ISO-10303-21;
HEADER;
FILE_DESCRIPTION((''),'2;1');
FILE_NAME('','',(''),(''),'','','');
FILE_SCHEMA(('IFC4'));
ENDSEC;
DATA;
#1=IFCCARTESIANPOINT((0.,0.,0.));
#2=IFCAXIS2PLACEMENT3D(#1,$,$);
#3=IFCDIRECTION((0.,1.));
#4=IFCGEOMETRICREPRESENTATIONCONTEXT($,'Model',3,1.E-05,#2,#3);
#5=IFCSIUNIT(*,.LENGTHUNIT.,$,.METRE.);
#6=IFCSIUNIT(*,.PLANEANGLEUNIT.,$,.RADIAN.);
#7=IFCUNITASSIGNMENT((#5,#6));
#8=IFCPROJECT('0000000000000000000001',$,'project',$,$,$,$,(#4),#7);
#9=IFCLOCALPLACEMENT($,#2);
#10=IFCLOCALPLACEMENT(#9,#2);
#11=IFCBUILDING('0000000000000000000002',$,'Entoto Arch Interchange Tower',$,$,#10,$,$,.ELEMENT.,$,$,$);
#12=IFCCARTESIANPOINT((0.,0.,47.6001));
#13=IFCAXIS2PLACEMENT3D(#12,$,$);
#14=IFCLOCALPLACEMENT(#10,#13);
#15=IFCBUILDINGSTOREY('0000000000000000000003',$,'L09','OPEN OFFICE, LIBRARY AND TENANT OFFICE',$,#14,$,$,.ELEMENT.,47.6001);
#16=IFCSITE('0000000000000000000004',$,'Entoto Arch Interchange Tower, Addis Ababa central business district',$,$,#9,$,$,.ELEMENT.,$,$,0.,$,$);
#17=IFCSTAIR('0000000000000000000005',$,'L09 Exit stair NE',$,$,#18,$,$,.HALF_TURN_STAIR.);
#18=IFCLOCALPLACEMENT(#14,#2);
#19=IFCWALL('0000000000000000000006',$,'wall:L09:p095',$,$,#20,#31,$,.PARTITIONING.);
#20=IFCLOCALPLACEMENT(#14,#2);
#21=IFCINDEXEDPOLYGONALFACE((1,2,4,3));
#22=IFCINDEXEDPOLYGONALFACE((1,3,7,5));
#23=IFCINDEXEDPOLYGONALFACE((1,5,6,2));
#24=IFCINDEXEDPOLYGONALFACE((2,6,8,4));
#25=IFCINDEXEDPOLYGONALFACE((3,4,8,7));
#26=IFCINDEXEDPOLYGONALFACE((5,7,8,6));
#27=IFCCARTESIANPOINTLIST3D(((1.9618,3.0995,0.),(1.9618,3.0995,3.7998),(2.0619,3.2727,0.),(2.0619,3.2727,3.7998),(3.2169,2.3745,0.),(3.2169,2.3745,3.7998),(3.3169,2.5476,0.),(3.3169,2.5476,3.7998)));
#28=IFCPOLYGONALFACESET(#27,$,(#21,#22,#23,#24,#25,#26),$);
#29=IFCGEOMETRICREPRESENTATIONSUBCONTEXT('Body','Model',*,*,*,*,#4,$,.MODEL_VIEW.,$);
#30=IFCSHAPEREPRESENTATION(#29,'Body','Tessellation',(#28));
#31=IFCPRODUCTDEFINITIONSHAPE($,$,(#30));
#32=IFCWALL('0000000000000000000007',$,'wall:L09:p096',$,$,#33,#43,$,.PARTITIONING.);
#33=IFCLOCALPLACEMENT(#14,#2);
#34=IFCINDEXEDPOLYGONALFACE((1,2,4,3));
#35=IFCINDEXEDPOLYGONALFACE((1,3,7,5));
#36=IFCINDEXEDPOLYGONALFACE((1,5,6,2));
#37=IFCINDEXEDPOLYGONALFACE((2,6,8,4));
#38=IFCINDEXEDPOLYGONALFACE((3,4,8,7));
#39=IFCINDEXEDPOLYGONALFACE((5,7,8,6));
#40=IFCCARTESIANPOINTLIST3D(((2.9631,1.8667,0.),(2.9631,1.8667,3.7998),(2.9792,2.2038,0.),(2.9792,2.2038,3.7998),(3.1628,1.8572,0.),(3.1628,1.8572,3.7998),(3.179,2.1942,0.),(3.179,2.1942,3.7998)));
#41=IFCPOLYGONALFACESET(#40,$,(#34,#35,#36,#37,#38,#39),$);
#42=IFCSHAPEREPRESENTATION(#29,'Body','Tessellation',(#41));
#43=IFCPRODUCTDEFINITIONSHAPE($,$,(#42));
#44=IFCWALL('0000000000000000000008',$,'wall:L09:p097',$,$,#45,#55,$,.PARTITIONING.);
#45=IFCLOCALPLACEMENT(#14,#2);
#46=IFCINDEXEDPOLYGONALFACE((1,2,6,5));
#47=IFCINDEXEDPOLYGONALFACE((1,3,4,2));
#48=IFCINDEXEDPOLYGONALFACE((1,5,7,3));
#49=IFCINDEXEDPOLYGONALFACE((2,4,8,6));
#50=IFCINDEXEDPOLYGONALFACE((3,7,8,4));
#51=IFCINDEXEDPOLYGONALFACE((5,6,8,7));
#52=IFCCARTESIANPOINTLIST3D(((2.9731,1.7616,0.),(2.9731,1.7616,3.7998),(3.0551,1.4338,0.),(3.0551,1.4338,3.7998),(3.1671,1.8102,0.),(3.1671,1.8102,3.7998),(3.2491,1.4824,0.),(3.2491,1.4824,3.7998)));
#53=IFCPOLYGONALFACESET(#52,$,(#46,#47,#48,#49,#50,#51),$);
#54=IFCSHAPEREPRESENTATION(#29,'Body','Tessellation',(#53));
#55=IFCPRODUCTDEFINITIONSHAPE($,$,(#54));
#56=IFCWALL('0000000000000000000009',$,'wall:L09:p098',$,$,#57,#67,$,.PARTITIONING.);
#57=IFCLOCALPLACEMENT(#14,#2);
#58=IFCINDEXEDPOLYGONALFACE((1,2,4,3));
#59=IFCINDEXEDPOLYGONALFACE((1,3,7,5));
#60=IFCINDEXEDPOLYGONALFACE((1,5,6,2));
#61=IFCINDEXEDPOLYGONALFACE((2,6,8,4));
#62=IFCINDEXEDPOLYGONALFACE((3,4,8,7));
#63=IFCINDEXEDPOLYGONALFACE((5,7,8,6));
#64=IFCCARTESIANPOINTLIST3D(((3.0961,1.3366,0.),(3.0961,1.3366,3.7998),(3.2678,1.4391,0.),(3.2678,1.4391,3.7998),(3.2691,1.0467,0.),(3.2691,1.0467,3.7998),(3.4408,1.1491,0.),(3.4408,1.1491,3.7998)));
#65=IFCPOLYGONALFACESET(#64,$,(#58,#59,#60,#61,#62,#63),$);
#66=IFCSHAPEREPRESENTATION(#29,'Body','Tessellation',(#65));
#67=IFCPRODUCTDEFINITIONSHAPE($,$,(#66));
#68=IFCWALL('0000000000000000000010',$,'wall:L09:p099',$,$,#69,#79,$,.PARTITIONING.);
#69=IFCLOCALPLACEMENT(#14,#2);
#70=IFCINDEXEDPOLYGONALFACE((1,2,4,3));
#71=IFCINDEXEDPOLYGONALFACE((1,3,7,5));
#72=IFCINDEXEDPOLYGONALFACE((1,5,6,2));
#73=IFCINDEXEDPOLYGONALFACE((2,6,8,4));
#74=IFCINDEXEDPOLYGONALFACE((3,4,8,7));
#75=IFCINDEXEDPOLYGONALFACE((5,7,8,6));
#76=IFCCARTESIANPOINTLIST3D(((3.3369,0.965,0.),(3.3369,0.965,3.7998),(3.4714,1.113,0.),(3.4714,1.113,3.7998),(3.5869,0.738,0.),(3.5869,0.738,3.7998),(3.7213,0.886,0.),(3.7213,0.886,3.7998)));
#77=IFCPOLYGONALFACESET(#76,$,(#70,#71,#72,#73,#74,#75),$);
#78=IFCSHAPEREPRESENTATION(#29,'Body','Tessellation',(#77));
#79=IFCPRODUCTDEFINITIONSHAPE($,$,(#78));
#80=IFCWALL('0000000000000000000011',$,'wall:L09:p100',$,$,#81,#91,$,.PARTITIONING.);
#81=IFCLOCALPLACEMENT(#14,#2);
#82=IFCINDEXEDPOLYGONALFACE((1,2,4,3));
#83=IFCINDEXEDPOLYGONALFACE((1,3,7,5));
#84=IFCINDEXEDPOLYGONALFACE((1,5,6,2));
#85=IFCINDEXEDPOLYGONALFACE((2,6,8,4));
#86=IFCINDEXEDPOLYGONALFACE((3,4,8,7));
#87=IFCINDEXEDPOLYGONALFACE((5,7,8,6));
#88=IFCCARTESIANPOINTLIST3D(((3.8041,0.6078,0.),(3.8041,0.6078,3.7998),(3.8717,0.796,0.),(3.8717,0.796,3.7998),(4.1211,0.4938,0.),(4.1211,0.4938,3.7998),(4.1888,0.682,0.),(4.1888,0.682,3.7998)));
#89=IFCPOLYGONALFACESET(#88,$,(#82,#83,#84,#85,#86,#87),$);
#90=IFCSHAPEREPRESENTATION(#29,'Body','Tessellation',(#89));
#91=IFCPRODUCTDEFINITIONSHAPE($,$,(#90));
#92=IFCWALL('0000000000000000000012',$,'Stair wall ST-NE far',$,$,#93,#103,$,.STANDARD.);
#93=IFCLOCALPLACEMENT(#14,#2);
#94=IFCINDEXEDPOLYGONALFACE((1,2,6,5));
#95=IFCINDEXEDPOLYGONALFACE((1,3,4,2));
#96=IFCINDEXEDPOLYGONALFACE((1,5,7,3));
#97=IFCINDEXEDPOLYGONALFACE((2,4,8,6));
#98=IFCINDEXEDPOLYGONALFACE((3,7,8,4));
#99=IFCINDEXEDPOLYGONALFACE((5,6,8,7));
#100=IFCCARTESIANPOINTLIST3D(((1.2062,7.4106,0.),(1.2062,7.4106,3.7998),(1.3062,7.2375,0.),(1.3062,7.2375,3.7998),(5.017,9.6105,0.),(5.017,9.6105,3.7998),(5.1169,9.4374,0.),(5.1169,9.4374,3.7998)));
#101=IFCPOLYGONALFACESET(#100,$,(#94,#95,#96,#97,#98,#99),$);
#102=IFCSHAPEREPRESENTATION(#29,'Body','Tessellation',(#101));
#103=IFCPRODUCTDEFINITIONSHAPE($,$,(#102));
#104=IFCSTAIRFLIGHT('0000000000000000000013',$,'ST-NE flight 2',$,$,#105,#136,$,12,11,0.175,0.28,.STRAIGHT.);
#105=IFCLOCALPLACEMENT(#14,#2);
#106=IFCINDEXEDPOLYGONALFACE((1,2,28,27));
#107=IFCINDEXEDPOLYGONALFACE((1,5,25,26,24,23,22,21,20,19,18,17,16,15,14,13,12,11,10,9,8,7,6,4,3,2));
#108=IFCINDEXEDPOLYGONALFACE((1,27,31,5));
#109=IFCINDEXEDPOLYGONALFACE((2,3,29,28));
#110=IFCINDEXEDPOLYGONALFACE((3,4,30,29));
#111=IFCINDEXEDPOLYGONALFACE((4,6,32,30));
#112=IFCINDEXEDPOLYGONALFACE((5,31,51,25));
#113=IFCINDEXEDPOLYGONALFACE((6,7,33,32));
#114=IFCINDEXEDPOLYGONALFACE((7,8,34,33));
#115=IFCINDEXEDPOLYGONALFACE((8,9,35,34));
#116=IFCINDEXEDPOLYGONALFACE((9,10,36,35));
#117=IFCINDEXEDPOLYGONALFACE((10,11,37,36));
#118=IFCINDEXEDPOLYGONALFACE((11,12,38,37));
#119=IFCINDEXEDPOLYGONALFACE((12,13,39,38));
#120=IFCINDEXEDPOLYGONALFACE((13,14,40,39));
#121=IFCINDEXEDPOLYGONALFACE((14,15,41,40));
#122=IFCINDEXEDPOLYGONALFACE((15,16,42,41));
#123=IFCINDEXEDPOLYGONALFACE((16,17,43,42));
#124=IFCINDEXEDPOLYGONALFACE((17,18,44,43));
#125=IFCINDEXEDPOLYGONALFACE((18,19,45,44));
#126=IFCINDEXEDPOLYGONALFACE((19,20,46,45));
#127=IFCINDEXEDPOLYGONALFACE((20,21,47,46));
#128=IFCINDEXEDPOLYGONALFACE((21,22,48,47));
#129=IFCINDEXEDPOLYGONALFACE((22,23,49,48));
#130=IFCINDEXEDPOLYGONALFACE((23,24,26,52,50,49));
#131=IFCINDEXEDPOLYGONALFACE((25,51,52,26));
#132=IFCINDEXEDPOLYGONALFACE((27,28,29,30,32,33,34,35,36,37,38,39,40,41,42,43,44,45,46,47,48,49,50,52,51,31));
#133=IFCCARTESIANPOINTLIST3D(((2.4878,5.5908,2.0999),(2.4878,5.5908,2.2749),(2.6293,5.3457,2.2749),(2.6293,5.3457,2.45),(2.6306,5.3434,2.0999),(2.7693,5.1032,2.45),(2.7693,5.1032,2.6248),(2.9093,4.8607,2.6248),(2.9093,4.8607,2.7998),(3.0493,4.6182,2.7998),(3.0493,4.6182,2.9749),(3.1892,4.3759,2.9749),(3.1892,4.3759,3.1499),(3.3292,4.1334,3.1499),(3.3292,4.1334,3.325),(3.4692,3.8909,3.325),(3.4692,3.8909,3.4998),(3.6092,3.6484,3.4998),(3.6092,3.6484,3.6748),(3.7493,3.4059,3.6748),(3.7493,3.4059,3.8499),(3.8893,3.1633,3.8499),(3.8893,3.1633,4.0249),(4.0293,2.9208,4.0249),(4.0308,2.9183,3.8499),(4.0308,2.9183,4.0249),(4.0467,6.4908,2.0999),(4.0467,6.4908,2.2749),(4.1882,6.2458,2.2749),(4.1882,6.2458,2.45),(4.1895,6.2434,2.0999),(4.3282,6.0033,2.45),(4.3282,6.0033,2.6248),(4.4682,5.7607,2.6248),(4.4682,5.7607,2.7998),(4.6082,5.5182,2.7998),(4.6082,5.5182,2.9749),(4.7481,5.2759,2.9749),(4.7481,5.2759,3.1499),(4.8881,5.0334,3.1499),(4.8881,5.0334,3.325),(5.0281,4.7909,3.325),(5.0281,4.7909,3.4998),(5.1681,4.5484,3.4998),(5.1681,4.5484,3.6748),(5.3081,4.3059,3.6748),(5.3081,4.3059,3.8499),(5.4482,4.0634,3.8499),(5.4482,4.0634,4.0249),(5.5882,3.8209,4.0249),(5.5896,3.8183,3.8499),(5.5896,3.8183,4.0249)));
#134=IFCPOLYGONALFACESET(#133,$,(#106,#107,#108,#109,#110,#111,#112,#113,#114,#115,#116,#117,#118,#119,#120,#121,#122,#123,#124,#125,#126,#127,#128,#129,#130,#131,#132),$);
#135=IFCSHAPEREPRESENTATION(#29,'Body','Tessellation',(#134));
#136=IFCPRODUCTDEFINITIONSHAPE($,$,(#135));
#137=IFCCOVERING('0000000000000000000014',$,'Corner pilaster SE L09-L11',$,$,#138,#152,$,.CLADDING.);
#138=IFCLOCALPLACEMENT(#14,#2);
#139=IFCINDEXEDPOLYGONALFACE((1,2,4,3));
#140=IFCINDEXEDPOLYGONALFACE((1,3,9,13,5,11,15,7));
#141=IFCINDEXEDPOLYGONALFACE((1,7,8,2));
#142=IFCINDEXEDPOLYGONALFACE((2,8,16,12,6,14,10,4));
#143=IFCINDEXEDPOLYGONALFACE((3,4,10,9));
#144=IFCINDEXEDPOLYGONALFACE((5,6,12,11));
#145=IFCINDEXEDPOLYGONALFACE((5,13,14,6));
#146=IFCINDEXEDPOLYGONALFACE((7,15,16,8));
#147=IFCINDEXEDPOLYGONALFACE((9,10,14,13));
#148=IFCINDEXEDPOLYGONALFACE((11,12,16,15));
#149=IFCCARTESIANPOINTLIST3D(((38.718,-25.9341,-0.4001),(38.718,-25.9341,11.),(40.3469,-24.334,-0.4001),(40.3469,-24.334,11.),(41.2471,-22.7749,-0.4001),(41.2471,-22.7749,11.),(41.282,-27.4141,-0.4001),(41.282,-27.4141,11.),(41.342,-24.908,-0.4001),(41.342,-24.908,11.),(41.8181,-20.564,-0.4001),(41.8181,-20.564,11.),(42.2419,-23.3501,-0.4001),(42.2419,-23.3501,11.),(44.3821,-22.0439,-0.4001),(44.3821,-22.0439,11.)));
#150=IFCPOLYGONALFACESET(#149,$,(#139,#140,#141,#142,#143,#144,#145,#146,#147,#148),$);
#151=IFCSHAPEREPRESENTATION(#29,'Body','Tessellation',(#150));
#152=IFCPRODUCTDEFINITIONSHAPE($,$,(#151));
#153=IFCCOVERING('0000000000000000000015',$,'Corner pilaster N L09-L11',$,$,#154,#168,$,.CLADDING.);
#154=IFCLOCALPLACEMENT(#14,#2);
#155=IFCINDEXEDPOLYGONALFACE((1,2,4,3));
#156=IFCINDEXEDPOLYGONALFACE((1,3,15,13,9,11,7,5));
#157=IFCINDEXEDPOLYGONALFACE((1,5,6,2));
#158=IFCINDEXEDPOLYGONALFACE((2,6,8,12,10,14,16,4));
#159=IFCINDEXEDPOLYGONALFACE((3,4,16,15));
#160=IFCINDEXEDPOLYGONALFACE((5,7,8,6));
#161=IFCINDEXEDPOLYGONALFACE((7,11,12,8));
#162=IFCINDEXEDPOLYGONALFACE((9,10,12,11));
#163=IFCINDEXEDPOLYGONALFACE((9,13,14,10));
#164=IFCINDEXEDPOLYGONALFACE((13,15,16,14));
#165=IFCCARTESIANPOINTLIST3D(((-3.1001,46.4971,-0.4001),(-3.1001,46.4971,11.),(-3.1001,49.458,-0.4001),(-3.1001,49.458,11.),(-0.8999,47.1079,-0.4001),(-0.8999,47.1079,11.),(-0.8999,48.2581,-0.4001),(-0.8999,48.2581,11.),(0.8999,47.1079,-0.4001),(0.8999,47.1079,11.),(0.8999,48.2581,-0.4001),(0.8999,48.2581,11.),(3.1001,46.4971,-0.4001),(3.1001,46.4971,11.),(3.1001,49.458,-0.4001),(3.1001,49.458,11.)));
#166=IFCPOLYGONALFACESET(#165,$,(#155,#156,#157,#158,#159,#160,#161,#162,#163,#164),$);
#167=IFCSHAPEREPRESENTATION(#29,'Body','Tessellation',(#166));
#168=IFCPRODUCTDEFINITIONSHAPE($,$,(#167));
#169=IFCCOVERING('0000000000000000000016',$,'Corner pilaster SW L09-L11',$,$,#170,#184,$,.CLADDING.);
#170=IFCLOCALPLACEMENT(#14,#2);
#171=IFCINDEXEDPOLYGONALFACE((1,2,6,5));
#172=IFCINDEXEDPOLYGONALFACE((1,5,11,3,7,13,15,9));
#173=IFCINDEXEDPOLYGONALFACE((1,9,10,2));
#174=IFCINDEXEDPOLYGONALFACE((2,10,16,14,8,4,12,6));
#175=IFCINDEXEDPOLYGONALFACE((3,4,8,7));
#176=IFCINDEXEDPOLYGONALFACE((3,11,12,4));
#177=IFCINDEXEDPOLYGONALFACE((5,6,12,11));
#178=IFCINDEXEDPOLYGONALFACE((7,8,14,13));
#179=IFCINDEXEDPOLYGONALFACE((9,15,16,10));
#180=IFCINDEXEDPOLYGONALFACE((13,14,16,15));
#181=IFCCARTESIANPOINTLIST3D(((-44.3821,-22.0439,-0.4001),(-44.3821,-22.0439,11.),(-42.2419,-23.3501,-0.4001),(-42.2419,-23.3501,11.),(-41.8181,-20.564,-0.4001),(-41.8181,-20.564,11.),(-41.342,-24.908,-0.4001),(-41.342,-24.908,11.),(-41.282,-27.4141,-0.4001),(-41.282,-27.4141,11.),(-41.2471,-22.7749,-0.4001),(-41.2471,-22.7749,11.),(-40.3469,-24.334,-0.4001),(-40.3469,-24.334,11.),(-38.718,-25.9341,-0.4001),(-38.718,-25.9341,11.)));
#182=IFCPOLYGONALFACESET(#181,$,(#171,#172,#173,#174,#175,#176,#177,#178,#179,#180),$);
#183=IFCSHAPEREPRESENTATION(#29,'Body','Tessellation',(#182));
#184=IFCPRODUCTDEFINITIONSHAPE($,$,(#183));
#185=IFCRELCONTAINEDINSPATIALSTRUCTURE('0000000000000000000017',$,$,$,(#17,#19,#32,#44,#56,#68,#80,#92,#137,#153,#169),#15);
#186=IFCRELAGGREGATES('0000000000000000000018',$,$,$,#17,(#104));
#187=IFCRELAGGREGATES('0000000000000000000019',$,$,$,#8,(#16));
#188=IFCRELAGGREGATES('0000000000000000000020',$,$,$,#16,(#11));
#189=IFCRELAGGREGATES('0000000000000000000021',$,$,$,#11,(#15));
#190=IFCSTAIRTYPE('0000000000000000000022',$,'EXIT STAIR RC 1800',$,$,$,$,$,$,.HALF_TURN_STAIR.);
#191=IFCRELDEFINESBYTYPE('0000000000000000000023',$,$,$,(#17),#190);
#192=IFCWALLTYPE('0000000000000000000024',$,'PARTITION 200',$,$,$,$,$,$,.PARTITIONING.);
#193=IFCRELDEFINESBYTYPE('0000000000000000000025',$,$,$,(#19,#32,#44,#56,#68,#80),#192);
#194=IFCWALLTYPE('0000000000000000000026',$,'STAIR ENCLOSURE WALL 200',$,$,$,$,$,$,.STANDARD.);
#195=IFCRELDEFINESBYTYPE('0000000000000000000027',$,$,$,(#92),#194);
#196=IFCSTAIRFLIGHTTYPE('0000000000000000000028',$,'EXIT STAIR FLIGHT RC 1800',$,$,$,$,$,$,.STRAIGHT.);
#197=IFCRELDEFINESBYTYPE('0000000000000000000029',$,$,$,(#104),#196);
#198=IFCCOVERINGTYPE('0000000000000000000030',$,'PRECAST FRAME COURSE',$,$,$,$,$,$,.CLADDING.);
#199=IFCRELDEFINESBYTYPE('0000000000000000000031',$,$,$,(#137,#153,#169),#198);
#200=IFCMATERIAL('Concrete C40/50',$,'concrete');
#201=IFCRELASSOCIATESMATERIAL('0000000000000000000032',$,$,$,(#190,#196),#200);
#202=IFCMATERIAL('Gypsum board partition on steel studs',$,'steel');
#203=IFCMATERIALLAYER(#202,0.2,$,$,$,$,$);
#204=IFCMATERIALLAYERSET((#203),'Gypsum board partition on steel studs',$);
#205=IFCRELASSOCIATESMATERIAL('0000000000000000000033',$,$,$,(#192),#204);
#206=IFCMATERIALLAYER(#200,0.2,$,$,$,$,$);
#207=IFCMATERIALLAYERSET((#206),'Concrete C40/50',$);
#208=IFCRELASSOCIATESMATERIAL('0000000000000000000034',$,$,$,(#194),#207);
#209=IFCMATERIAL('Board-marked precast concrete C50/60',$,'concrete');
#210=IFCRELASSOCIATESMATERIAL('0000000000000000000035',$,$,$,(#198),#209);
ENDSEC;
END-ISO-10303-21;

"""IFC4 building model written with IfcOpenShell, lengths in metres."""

from ifc_helpers import new_model, si_unit, direction, frame, frame_2d, origin, place, context, subcontext, project, spatial, polyline, rectangle, outline, extrude, material, layer, layer_set, type_object, element, aggregate, save


model = new_model("IFC4")

# Units and contexts
model_context = context("Model", 3, precision=1e-05, world=origin(), true_north=direction((0.0, 1.0)))
body_context = subcontext(model_context, "Body", "Model", "MODEL_VIEW")
ifc_project = project(units=[si_unit("LENGTHUNIT", "METRE"), si_unit("PLANEANGLEUNIT", "RADIAN")], contexts=[model_context])

# Site, building, storey
site_placement = place(None, origin())
site = spatial("IfcSite", under=ifc_project, at=site_placement, Name="Entoto Arch Interchange Tower, Addis Ababa central business district", CompositionType="ELEMENT", RefElevation=0.0)
building_placement = place(site_placement, origin())
building = spatial("IfcBuilding", under=site, at=building_placement, Name="Entoto Arch Interchange Tower", CompositionType="ELEMENT")
storey_placement = place(building_placement, frame((0.0, 0.0, 47.6001)))
storey = spatial("IfcBuildingStorey", under=building, at=storey_placement, Name="L09", Description="OPEN OFFICE, LIBRARY AND TENANT OFFICE", CompositionType="ELEMENT", Elevation=47.6001)

# Shared definitions
ifc_material_1 = material(Name="Board-marked precast concrete C50/60", Category="concrete")
ifc_material_2 = material(Name="Concrete C40/50", Category="concrete")

# Stair
stair_type = type_object("IfcStairType", Name="EXIT STAIR RC 1800", PredefinedType="HALF_TURN_STAIR", material=ifc_material_2)
stair_1_placement = place(storey_placement, origin())
stair_1 = element("IfcStair", 1, at=stair_1_placement, inside=storey, type_object=stair_type, Name="L09 Exit stair NE", PredefinedType="HALF_TURN_STAIR")

# Walls
ifc_material_3 = material(Name="Gypsum board partition on steel studs", Category="steel")
ifc_layer_1 = layer(ifc_material_3, 0.2)
ifc_layer_set_1 = layer_set([ifc_layer_1], Name="Gypsum board partition on steel studs")
wall_type_1 = type_object("IfcWallType", Name="PARTITION 200", PredefinedType="PARTITIONING", material=ifc_layer_set_1)
wall_1_placement = place(storey_placement, frame((2.012, 3.186, 0.0), z_axis=(0.0, 0.0, 1.0), x_axis=(0.865891, -0.500233, 0.0)))
element("IfcWall", 2, at=wall_1_placement, inside=storey, type_object=wall_type_1, Name="wall:L09:p095", PredefinedType="PARTITIONING", context=body_context, shape_type="SweptSolid", body=[
    extrude(rectangle(XDim=1.4495, YDim=0.2, at=frame_2d((0.7246, 0.0))), origin(), (0.0, 0.0, 1.0), 3.7998),
])
wall_2_placement = place(storey_placement, frame((3.0791, 2.199, 0.0), z_axis=(0.0, 0.0, 1.0), x_axis=(-0.047771, -0.998858, 0.0)))
element("IfcWall", 3, at=wall_2_placement, inside=storey, type_object=wall_type_1, Name="wall:L09:p096", PredefinedType="PARTITIONING", context=body_context, shape_type="SweptSolid", body=[
    extrude(rectangle(XDim=0.3374, YDim=0.2, at=frame_2d((0.1687, 0.0))), origin(), (0.0, 0.0, 1.0), 3.7998),
])
wall_3_placement = place(storey_placement, frame((3.0701, 1.7859, 0.0), z_axis=(0.0, 0.0, 1.0), x_axis=(0.242706, -0.9701, 0.0)))
element("IfcWall", 4, at=wall_3_placement, inside=storey, type_object=wall_type_1, Name="wall:L09:p097", PredefinedType="PARTITIONING", context=body_context, shape_type="SweptSolid", body=[
    extrude(rectangle(XDim=0.3379, YDim=0.2, at=frame_2d((0.1689, 0.0))), origin(), (0.0, 0.0, 1.0), 3.7998),
])
for number, where, z_axis, x_axis, name in (
    (5, (3.1819, 1.3879, 0.0), (0.0, 0.0, 1.0), (0.512475, -0.858702, 0.0), "wall:L09:p098"),
    (6, (3.4041, 1.0391, 0.0), (0.0, 0.0, 1.0), (0.740267, -0.672313, 0.0), "wall:L09:p099"),
):
    element("IfcWall", number, at=place(storey_placement, frame(where, z_axis=z_axis, x_axis=x_axis)), inside=storey, type_object=wall_type_1, Name=name, PredefinedType="PARTITIONING", context=body_context, shape_type="SweptSolid", body=[
        extrude(rectangle(XDim=0.3376, YDim=0.2, at=frame_2d((0.1689, 0.0))), origin(), (0.0, 0.0, 1.0), 3.7998),
    ])
wall_4_placement = place(storey_placement, frame((3.8379, 0.7019, 0.0), z_axis=(0.0, 0.0, 1.0), x_axis=(0.941035, -0.338309, 0.0)))
element("IfcWall", 7, at=wall_4_placement, inside=storey, type_object=wall_type_1, Name="wall:L09:p100", PredefinedType="PARTITIONING", context=body_context, shape_type="SweptSolid", body=[
    extrude(rectangle(XDim=0.3369, YDim=0.2, at=frame_2d((0.1685, 0.0))), origin(), (0.0, 0.0, 1.0), 3.7998),
])
ifc_layer_2 = layer(ifc_material_2, 0.2)
ifc_layer_set_2 = layer_set([ifc_layer_2], Name="Concrete C40/50")
wall_type_2 = type_object("IfcWallType", Name="STAIR ENCLOSURE WALL 200", PredefinedType="STANDARD", material=ifc_layer_set_2)
wall_5_placement = place(storey_placement, frame((1.2561, 7.324, 0.0), z_axis=(0.0, 0.0, 1.0), x_axis=(0.866046, 0.499964, 0.0)))
element("IfcWall", 8, at=wall_5_placement, inside=storey, type_object=wall_type_2, Name="Stair wall ST-NE far", PredefinedType="STANDARD", context=body_context, shape_type="SweptSolid", body=[
    extrude(rectangle(XDim=4.4001, YDim=0.2, at=frame_2d((2.2002, 0.0))), origin(), (0.0, 0.0, 1.0), 3.7998),
])

# Stair flight
stair_flight_type = type_object("IfcStairFlightType", Name="EXIT STAIR FLIGHT RC 1800", PredefinedType="STRAIGHT", material=ifc_material_2)
stair_flight_placement = place(storey_placement, frame((3.2688, 6.0383, 2.0999), z_axis=(0.0, 0.0, 1.0), x_axis=(0.5, -0.866025, 0.0)))
stair_flight = element("IfcStairFlight", 9, at=stair_flight_placement, type_object=stair_flight_type, Name="ST-NE flight 2", NumberOfRisers=12, NumberOfTreads=11, PredefinedType="STRAIGHT", RiserHeight=0.175, TreadLength=0.28, context=body_context, shape_type="SweptSolid", body=[
    extrude(outline(polyline([(-0.0029, 0.0), (-0.0029, 0.175), (0.28, 0.175), (0.28, 0.3501), (0.5601, 0.3501), (0.5601, 0.5249), (0.8401, 0.5249), (0.8401, 0.7), (1.1201, 0.7), (1.1201, 0.875), (1.3999, 0.875), (1.3999, 1.05), (1.6799, 1.05), (1.6799, 1.2251), (1.96, 1.2251), (1.96, 1.3999), (2.24, 1.3999), (2.24, 1.575), (2.52, 1.575), (2.52, 1.75), (2.8, 1.75), (2.8, 1.925), (3.0801, 1.925), (3.083, 1.925), (3.083, 1.75), (0.2827, 0.0), (-0.0029, 0.0)])), frame((0.0, 0.8999, 0.0), z_axis=(0.0, -1.0, 0.0), x_axis=(1.0, 0.0, 0.0)), (0.0, 0.0, 1.0), 1.8),
])
aggregate(stair_1, [stair_flight])

# Coverings
covering_type_1 = type_object("IfcCoveringType", Name="PRECAST FRAME COURSE", PredefinedType="CLADDING", material=ifc_material_1)
covering_1_placement = place(storey_placement, frame((0.0, 0.0, -0.4001)))
element("IfcCovering", 10, at=covering_1_placement, inside=storey, type_object=covering_type_1, Name="Corner pilaster SE L09-L11", PredefinedType="CLADDING", context=body_context, shape_type="SweptSolid", body=[
    extrude(outline(polyline([(44.3821, -22.0439), (41.282, -27.4141), (38.718, -25.9341), (40.3469, -24.334), (41.342, -24.908), (42.2419, -23.3501), (41.2471, -22.7749), (41.8181, -20.564), (44.3821, -22.0439)])), origin(), (0.0, 0.0, 1.0), 11.4001),
])
covering_2_placement = place(storey_placement, frame((0.0, 0.0, -0.4001)))
element("IfcCovering", 11, at=covering_2_placement, inside=storey, type_object=covering_type_1, Name="Corner pilaster N L09-L11", PredefinedType="CLADDING", context=body_context, shape_type="SweptSolid", body=[
    extrude(outline(polyline([(-3.1001, 49.458), (3.1001, 49.458), (3.1001, 46.4971), (0.8999, 47.1079), (0.8999, 48.2581), (-0.8999, 48.2581), (-0.8999, 47.1079), (-3.1001, 46.4971), (-3.1001, 49.458)])), origin(), (0.0, 0.0, 1.0), 11.4001),
])
covering_3_placement = place(storey_placement, frame((0.0, 0.0, -0.4001)))
element("IfcCovering", 12, at=covering_3_placement, inside=storey, type_object=covering_type_1, Name="Corner pilaster SW L09-L11", PredefinedType="CLADDING", context=body_context, shape_type="SweptSolid", body=[
    extrude(outline(polyline([(-41.282, -27.4141), (-44.3821, -22.0439), (-41.8181, -20.564), (-41.2471, -22.7749), (-42.2419, -23.3501), (-41.342, -24.908), (-40.3469, -24.334), (-38.718, -25.9341), (-41.282, -27.4141)])), origin(), (0.0, 0.0, 1.0), 11.4001),
])

save(model, "model.ifc")
